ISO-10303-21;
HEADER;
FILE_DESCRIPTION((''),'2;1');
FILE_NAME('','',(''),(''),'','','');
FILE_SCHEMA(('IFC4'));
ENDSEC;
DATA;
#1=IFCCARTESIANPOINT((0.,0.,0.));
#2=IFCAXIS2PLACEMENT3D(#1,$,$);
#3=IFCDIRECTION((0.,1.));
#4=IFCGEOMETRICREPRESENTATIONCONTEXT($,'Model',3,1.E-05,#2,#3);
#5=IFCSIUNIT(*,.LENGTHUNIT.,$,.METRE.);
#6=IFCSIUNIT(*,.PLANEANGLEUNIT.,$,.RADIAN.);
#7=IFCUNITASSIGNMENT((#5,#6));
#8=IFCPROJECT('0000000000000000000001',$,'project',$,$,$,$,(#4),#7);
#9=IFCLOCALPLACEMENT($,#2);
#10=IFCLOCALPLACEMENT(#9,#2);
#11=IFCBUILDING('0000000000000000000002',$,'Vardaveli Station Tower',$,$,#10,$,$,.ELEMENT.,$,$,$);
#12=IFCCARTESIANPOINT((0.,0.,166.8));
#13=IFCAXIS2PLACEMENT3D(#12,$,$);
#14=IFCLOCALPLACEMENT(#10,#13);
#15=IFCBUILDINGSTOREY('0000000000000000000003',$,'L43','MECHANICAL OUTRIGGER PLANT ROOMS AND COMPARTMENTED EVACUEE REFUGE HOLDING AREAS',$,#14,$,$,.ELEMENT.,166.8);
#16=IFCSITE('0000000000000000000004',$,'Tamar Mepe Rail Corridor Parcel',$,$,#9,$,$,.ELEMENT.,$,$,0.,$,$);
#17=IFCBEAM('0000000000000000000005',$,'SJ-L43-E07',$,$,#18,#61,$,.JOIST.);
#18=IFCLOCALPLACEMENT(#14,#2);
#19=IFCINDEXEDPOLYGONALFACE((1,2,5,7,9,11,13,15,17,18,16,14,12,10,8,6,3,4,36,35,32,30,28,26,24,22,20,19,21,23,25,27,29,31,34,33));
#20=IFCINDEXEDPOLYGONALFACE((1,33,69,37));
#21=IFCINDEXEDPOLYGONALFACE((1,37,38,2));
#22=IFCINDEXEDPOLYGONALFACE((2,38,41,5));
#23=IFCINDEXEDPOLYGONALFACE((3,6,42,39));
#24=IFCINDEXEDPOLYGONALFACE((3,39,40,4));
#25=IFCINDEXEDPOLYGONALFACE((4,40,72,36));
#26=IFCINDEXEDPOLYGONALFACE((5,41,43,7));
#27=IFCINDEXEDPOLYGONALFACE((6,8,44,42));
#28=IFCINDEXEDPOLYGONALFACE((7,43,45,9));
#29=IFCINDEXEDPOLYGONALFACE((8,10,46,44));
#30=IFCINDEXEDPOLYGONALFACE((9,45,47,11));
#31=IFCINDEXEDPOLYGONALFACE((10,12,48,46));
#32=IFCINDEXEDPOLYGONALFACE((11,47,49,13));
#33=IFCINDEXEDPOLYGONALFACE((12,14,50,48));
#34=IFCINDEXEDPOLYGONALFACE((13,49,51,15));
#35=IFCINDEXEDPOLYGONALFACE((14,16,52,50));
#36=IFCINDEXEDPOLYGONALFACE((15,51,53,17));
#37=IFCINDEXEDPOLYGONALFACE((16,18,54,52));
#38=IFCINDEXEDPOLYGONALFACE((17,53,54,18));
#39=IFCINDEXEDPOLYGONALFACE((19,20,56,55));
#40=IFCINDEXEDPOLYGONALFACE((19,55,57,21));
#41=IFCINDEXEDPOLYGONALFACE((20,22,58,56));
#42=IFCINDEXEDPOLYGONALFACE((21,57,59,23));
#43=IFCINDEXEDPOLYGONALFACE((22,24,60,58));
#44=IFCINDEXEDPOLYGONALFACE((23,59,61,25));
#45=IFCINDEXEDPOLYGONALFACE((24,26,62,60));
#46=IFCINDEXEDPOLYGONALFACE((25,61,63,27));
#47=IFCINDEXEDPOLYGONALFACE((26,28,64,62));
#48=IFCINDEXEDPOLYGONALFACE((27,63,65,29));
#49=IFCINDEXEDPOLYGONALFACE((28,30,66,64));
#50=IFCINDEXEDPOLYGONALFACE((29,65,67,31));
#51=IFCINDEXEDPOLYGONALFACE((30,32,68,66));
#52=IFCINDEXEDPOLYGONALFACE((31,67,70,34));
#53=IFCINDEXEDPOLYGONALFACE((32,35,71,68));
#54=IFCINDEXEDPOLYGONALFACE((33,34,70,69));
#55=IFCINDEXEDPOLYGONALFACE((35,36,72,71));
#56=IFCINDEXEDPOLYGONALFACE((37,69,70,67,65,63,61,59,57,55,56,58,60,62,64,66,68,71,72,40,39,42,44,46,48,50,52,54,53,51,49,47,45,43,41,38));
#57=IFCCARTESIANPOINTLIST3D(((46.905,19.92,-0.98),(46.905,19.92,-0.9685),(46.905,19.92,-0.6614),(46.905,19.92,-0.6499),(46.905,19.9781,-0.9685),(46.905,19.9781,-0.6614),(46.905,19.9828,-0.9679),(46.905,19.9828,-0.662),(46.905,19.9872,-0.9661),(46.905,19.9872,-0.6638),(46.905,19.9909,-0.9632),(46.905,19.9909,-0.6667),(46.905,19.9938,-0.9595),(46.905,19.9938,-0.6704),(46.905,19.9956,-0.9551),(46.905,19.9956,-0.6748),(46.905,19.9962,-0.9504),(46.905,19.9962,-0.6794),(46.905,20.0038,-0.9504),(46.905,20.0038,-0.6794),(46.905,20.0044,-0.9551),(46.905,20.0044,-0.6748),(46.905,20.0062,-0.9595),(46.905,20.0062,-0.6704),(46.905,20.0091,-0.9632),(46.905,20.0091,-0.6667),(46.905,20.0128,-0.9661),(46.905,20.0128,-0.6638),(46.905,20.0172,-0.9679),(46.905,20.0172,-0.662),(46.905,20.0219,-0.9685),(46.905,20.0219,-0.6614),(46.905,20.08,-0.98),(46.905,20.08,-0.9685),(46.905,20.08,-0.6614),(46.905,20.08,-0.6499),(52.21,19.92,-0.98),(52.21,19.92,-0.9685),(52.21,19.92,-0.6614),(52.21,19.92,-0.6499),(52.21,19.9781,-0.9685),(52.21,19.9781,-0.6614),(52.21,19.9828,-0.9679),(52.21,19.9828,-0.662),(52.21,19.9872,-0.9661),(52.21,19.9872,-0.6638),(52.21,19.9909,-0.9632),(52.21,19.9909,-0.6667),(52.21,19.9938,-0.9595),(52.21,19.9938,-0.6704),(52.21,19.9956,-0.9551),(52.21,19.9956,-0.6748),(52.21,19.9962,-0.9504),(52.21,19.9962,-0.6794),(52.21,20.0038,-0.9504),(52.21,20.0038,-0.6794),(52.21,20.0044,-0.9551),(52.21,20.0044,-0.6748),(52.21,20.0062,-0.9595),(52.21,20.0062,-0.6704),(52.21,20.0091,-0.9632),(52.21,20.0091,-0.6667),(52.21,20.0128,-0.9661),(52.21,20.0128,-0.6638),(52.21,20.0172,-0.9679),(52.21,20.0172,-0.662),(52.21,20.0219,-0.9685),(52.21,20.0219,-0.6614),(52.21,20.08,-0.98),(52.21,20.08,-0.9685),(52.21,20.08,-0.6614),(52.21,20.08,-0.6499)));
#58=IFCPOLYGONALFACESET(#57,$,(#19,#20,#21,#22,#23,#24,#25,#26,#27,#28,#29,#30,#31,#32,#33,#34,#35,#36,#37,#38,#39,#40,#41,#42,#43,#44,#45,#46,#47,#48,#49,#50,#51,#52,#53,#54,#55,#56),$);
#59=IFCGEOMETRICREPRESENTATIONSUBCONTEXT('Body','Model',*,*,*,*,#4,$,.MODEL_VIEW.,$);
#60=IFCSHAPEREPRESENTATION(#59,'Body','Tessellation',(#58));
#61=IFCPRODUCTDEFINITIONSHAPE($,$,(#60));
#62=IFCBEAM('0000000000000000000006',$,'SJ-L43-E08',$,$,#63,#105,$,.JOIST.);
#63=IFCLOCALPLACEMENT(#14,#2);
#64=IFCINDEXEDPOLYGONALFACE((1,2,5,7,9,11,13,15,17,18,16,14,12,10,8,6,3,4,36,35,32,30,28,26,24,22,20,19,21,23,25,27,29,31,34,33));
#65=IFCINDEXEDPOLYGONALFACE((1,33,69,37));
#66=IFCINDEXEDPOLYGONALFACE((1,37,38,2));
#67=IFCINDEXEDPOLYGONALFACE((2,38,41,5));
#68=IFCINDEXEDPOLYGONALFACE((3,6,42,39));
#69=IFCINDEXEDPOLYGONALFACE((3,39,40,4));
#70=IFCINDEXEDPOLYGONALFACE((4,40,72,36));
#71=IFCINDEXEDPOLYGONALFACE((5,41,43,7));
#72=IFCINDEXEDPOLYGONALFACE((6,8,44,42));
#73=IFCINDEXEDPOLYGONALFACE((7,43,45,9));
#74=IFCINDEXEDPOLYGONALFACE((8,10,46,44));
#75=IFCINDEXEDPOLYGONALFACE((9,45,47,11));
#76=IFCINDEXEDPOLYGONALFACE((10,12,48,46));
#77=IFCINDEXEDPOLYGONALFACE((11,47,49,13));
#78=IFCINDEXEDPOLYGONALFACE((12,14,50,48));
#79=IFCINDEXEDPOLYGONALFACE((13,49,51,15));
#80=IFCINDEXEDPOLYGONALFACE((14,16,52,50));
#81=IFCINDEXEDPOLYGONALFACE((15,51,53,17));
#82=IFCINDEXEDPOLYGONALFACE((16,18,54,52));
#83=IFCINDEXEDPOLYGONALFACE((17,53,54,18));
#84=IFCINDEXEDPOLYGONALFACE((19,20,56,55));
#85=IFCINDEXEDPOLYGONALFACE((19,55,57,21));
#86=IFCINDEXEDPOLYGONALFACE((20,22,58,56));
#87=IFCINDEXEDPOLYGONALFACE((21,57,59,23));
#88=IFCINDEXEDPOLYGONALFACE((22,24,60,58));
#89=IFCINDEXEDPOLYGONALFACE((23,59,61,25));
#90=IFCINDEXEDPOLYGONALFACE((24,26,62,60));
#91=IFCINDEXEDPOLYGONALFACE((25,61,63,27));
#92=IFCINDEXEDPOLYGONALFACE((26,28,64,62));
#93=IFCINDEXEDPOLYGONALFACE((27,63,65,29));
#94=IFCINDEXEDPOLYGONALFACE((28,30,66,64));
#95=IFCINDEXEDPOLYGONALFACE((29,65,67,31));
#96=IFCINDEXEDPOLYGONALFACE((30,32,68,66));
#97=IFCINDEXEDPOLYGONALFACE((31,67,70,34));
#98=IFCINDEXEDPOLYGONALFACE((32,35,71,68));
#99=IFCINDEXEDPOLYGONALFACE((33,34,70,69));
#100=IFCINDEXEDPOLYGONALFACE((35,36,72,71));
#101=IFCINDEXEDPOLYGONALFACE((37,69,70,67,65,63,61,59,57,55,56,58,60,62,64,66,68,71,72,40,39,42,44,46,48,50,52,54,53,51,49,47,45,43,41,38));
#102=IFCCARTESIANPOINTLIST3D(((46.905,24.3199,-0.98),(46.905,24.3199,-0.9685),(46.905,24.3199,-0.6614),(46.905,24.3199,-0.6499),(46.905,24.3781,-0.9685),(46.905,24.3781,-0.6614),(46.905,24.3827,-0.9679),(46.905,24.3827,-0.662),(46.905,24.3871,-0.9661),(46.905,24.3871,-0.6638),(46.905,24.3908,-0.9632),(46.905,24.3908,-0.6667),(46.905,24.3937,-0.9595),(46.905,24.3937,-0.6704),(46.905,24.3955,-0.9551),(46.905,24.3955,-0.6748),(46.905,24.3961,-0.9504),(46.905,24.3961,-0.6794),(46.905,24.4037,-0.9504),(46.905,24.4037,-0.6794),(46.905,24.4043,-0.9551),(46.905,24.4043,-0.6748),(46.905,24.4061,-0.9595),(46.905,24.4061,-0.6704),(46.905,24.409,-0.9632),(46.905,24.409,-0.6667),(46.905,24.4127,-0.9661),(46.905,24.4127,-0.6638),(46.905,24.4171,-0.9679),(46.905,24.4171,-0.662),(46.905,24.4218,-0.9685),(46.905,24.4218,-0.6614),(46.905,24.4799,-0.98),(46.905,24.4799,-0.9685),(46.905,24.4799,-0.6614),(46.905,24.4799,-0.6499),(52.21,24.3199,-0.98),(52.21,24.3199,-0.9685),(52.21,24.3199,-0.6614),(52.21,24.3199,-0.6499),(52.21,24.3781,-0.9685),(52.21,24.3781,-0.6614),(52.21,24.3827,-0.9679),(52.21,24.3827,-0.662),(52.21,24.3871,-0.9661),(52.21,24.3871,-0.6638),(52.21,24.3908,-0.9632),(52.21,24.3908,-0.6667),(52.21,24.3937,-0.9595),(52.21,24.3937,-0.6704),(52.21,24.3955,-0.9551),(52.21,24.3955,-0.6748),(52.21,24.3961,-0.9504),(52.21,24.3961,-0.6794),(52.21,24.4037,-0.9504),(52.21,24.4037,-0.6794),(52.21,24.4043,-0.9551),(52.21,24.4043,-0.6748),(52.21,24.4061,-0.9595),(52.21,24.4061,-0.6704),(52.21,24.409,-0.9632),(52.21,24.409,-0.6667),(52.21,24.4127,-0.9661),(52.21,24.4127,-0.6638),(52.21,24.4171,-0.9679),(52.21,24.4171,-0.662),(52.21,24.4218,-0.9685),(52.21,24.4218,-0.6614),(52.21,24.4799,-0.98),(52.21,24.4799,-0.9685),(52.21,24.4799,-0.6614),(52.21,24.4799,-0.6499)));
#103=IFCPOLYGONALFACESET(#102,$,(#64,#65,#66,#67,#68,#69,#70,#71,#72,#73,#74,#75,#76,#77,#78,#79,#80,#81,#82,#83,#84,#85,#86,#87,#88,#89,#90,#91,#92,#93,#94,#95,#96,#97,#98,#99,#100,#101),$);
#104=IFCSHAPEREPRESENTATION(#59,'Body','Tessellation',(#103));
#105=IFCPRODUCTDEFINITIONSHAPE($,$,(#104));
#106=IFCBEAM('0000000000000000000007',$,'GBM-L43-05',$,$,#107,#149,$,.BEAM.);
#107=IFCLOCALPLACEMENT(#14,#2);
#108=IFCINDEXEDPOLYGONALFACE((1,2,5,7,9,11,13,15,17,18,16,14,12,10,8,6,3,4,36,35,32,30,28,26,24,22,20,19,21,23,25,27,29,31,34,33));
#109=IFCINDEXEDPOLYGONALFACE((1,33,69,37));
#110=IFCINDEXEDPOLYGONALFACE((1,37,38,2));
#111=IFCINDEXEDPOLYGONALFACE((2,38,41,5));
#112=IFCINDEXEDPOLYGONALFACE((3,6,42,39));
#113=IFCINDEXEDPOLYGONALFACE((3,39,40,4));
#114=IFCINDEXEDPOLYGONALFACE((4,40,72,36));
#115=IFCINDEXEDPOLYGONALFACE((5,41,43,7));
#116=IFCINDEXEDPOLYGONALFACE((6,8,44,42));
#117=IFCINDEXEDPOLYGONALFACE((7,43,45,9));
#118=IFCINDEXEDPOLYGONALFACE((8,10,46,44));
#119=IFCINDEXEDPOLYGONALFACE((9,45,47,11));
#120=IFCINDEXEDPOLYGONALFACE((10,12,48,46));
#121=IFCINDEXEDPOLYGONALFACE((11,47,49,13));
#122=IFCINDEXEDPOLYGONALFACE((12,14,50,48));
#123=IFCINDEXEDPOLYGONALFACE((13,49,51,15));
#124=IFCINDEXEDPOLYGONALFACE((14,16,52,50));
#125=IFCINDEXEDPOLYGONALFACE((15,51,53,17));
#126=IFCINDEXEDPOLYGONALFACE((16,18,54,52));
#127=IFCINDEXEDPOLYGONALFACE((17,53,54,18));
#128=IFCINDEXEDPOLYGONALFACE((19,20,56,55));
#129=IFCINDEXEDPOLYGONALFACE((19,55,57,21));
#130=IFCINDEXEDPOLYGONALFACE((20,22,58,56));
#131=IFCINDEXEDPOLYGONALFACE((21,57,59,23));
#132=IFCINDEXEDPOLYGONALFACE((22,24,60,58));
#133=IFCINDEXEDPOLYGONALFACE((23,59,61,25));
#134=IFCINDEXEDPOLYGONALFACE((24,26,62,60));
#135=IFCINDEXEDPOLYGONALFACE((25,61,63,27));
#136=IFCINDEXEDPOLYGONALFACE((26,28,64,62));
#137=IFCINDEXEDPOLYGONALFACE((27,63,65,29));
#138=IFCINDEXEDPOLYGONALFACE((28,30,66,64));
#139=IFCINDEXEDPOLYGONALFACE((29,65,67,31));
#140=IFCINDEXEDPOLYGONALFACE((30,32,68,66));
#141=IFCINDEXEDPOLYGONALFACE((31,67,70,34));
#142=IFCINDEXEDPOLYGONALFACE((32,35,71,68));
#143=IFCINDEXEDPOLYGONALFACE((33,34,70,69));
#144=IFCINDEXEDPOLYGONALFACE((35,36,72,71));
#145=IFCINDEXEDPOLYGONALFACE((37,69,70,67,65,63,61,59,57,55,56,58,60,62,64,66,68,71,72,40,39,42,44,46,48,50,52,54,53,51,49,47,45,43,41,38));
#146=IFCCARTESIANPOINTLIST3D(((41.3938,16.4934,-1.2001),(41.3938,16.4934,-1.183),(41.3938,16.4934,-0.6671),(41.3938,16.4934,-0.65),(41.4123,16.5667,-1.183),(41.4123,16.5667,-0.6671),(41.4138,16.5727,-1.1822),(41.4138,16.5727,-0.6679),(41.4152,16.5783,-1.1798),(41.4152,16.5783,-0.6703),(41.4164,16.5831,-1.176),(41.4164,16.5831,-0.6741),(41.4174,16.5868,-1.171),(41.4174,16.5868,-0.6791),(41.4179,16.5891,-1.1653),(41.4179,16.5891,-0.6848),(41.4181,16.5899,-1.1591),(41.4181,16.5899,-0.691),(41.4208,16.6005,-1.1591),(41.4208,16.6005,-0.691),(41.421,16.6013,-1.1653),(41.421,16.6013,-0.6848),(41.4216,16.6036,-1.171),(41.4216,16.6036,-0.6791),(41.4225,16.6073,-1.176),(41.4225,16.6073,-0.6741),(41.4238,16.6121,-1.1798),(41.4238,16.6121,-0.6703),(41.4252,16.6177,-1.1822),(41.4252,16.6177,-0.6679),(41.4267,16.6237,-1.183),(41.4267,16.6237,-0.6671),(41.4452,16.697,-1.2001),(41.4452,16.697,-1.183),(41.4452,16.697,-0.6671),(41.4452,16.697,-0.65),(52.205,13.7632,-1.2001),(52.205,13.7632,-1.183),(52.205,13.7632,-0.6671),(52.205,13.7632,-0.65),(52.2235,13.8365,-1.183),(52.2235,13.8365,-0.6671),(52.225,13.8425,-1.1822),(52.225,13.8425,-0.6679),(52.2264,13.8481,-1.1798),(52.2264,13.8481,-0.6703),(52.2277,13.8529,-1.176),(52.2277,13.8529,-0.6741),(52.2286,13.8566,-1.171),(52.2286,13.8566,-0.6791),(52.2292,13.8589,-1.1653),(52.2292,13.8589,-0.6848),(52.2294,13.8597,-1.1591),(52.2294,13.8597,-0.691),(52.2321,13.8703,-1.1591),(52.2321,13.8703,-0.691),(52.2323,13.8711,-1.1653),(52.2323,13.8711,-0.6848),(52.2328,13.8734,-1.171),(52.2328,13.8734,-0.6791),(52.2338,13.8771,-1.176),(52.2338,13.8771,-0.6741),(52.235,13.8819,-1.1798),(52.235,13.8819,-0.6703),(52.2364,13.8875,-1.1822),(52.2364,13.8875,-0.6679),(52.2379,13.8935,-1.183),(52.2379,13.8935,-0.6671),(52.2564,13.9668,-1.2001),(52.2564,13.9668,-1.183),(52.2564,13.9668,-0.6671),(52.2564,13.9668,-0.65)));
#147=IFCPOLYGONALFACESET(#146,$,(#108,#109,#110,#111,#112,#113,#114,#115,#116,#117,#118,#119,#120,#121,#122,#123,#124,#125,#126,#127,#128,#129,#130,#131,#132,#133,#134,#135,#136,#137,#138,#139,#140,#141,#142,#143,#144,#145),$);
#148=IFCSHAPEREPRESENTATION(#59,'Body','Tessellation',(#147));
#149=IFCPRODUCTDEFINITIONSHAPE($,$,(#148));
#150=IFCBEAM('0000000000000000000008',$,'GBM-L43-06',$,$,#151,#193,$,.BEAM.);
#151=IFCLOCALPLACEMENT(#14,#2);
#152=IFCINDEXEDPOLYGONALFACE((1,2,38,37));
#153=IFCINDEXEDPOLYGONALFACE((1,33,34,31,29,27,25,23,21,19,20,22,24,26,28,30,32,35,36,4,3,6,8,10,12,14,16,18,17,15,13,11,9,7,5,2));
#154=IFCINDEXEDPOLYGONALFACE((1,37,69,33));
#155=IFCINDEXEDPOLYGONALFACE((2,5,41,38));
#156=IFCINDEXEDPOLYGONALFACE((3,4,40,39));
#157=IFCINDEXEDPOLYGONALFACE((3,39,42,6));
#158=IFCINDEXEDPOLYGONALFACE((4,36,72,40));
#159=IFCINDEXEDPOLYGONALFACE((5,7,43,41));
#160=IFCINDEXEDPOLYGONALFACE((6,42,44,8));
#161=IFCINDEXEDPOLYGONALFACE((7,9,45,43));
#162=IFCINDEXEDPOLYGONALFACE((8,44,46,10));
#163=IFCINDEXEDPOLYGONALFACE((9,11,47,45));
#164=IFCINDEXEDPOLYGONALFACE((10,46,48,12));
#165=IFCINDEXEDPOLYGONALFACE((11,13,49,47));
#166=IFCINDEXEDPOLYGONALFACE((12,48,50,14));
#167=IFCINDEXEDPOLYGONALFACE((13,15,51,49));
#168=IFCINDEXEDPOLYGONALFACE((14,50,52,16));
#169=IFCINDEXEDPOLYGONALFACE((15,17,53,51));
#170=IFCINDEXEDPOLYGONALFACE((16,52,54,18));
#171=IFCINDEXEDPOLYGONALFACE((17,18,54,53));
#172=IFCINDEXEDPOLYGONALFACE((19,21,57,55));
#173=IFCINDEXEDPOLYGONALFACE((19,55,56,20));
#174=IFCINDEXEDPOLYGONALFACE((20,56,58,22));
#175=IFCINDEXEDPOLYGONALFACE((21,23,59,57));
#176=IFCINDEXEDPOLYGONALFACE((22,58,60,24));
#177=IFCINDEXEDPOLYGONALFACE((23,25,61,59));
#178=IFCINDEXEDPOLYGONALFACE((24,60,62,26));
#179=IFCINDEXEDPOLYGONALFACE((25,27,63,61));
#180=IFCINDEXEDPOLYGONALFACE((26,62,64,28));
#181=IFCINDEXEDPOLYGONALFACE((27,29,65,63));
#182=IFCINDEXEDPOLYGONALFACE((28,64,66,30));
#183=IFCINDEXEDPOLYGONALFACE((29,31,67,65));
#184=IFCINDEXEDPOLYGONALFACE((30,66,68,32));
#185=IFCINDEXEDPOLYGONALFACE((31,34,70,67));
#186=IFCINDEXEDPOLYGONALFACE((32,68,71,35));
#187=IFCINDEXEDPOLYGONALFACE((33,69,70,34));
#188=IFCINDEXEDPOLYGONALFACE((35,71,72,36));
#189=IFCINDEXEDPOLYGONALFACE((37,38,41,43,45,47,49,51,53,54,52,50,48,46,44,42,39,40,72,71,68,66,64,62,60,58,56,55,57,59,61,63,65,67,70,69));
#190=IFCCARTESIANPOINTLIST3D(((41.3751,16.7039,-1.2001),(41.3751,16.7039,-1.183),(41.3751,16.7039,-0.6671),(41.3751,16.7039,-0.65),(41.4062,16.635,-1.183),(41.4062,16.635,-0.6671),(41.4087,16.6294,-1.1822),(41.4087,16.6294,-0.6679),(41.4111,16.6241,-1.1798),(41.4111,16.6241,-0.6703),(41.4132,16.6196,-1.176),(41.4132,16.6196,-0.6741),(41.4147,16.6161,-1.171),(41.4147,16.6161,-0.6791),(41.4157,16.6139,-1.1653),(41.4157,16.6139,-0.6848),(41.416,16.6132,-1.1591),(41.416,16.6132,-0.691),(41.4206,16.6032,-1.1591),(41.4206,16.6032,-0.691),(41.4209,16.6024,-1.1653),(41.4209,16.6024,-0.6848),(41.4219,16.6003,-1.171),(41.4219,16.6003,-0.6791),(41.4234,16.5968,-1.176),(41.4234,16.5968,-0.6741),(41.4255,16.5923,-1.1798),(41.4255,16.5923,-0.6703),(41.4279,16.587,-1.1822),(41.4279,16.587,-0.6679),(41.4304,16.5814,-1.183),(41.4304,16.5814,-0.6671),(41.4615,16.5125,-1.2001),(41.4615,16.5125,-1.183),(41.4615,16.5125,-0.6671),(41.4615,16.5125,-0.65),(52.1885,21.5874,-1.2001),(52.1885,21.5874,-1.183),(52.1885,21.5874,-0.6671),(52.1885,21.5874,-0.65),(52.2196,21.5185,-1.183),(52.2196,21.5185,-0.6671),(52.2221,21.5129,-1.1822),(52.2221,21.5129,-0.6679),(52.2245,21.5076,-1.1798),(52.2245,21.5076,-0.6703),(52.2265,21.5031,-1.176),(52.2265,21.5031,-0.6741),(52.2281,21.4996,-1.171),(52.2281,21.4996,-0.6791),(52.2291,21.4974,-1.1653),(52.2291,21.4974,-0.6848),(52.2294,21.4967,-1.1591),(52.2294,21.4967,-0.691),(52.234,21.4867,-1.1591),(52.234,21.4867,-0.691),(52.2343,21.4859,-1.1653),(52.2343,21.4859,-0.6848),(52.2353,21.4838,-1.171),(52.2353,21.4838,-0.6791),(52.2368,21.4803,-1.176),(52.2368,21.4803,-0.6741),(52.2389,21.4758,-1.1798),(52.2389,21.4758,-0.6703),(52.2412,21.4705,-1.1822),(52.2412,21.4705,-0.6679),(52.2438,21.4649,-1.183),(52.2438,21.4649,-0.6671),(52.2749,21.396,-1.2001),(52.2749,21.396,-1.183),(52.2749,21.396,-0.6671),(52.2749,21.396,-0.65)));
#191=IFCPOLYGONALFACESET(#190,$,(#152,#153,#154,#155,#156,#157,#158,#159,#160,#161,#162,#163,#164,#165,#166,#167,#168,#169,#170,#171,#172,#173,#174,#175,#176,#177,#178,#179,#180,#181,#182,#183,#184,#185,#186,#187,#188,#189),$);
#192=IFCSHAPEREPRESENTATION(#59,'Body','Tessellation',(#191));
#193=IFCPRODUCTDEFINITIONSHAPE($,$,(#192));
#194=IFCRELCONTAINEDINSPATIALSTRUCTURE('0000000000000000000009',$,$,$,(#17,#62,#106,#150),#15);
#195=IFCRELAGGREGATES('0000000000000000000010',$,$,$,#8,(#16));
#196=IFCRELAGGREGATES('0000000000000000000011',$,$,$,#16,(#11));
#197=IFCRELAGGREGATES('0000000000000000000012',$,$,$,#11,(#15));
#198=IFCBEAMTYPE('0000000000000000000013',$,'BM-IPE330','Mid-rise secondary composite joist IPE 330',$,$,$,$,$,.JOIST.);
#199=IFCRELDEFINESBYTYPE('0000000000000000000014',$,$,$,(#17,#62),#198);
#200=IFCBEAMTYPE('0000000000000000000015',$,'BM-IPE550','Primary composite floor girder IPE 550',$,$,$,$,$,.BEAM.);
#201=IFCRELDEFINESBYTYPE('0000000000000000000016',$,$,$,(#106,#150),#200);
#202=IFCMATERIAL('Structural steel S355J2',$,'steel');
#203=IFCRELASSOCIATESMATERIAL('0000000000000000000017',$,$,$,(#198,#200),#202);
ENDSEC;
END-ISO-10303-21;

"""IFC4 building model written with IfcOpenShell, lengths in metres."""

from ifc_helpers import new_model, si_unit, direction, frame, origin, origin_2d, place, context, subcontext, project, spatial, i_section, extrude, source, transform, mapped, material, material_profile, profile_set, type_object, element, save


model = new_model("IFC4")

# Units and contexts
model_context = context("Model", 3, precision=1e-05, world=origin(), true_north=direction((0.0, 1.0)))
body_context = subcontext(model_context, "Body", "Model", "MODEL_VIEW")
ifc_project = project(units=[si_unit("LENGTHUNIT", "METRE"), si_unit("PLANEANGLEUNIT", "RADIAN")], contexts=[model_context])

# Site, building, storey
site_placement = place(None, origin())
site = spatial("IfcSite", under=ifc_project, at=site_placement, Name="Tamar Mepe Rail Corridor Parcel", CompositionType="ELEMENT", RefElevation=0.0)
building_placement = place(site_placement, origin())
building = spatial("IfcBuilding", under=site, at=building_placement, Name="Vardaveli Station Tower", CompositionType="ELEMENT")
storey_placement = place(building_placement, frame((0.0, 0.0, 166.8)))
storey = spatial("IfcBuildingStorey", under=building, at=storey_placement, Name="L43", Description="MECHANICAL OUTRIGGER PLANT ROOMS AND COMPARTMENTED EVACUEE REFUGE HOLDING AREAS", CompositionType="ELEMENT", Elevation=166.8)

# Beams
ifc_material_1 = material(Name="Structural steel S355J2", Category="steel")
ifc_material_profile_1 = material_profile(ifc_material_1, i_section(OverallWidth=0.1599, OverallDepth=0.3301, WebThickness=0.0076, FlangeThickness=0.0115, FilletRadius=0.0181, at=origin_2d()), Name="IPE 330")
ifc_profile_set_1 = profile_set([ifc_material_profile_1], Name="Structural steel S355J2")
beam_type_1 = type_object("IfcBeamType", Name="BM-IPE330", Description="Mid-rise secondary composite joist IPE 330", PredefinedType="JOIST", material=ifc_profile_set_1)
shared_shape_1 = source(origin(), body_context, "Body", "SweptSolid", [
    extrude(i_section(OverallWidth=0.1599, OverallDepth=0.3301, WebThickness=0.0076, FlangeThickness=0.0115, FilletRadius=0.0181, at=origin_2d()), origin(), (0.0, 0.0, 1.0), 5.3049),
])
for number, where, z_axis, x_axis, name in (
    (1, (46.905, 20.0, -0.8149), (1.0, 0.0, 0.0), (0.0, 1.0, 0.0), "SJ-L43-E07"),
    (2, (46.905, 24.3999, -0.8149), (1.0, 0.0, 0.0), (0.0, 1.0, 0.0), "SJ-L43-E08"),
):
    element("IfcBeam", number, at=place(storey_placement, frame(where, z_axis=z_axis, x_axis=x_axis)), inside=storey, type_object=beam_type_1, Name=name, PredefinedType="JOIST", context=body_context, shape_type="MappedRepresentation", body=[
        mapped(shared_shape_1, transform((0.0, 0.0, 0.0), scale=1.0)),
    ])
ifc_material_profile_2 = material_profile(ifc_material_1, i_section(OverallWidth=0.21, OverallDepth=0.55, WebThickness=0.011, FlangeThickness=0.0171, FilletRadius=0.0239, at=origin_2d()), Name="IPE 550")
ifc_profile_set_2 = profile_set([ifc_material_profile_2], Name="Structural steel S355J2")
beam_type_2 = type_object("IfcBeamType", Name="BM-IPE550", Description="Primary composite floor girder IPE 550", PredefinedType="BEAM", material=ifc_profile_set_2)
shared_shape_2 = source(origin(), body_context, "Body", "SweptSolid", [
    extrude(i_section(OverallWidth=0.21, OverallDepth=0.55, WebThickness=0.011, FlangeThickness=0.0171, FilletRadius=0.0239, at=origin_2d()), origin(), (0.0, 0.0, 1.0), 11.1506),
])
beam_1_placement = place(storey_placement, frame((52.2307, 13.865, -0.925), z_axis=(-0.969561, 0.244848, 0.0), x_axis=(-0.244848, -0.969561, 0.0)))
element("IfcBeam", 3, at=beam_1_placement, inside=storey, type_object=beam_type_2, Name="GBM-L43-05", PredefinedType="BEAM", context=body_context, shape_type="MappedRepresentation", body=[
    mapped(shared_shape_2, transform((0.0, 0.0, 0.0), scale=1.0)),
])
shared_shape_3 = source(origin(), body_context, "Body", "SweptSolid", [
    extrude(i_section(OverallWidth=0.21, OverallDepth=0.55, WebThickness=0.011, FlangeThickness=0.0171, FilletRadius=0.0239, at=origin_2d()), origin(), (0.0, 0.0, 1.0), 11.865),
])
beam_2_placement = place(storey_placement, frame((52.2317, 21.4917, -0.925), z_axis=(-0.911369, -0.411589, 0.0), x_axis=(0.411589, -0.911369, 0.0)))
element("IfcBeam", 4, at=beam_2_placement, inside=storey, type_object=beam_type_2, Name="GBM-L43-06", PredefinedType="BEAM", context=body_context, shape_type="MappedRepresentation", body=[
    mapped(shared_shape_3, transform((0.0, 0.0, 0.0), scale=1.0)),
])

save(model, "model.ifc")
